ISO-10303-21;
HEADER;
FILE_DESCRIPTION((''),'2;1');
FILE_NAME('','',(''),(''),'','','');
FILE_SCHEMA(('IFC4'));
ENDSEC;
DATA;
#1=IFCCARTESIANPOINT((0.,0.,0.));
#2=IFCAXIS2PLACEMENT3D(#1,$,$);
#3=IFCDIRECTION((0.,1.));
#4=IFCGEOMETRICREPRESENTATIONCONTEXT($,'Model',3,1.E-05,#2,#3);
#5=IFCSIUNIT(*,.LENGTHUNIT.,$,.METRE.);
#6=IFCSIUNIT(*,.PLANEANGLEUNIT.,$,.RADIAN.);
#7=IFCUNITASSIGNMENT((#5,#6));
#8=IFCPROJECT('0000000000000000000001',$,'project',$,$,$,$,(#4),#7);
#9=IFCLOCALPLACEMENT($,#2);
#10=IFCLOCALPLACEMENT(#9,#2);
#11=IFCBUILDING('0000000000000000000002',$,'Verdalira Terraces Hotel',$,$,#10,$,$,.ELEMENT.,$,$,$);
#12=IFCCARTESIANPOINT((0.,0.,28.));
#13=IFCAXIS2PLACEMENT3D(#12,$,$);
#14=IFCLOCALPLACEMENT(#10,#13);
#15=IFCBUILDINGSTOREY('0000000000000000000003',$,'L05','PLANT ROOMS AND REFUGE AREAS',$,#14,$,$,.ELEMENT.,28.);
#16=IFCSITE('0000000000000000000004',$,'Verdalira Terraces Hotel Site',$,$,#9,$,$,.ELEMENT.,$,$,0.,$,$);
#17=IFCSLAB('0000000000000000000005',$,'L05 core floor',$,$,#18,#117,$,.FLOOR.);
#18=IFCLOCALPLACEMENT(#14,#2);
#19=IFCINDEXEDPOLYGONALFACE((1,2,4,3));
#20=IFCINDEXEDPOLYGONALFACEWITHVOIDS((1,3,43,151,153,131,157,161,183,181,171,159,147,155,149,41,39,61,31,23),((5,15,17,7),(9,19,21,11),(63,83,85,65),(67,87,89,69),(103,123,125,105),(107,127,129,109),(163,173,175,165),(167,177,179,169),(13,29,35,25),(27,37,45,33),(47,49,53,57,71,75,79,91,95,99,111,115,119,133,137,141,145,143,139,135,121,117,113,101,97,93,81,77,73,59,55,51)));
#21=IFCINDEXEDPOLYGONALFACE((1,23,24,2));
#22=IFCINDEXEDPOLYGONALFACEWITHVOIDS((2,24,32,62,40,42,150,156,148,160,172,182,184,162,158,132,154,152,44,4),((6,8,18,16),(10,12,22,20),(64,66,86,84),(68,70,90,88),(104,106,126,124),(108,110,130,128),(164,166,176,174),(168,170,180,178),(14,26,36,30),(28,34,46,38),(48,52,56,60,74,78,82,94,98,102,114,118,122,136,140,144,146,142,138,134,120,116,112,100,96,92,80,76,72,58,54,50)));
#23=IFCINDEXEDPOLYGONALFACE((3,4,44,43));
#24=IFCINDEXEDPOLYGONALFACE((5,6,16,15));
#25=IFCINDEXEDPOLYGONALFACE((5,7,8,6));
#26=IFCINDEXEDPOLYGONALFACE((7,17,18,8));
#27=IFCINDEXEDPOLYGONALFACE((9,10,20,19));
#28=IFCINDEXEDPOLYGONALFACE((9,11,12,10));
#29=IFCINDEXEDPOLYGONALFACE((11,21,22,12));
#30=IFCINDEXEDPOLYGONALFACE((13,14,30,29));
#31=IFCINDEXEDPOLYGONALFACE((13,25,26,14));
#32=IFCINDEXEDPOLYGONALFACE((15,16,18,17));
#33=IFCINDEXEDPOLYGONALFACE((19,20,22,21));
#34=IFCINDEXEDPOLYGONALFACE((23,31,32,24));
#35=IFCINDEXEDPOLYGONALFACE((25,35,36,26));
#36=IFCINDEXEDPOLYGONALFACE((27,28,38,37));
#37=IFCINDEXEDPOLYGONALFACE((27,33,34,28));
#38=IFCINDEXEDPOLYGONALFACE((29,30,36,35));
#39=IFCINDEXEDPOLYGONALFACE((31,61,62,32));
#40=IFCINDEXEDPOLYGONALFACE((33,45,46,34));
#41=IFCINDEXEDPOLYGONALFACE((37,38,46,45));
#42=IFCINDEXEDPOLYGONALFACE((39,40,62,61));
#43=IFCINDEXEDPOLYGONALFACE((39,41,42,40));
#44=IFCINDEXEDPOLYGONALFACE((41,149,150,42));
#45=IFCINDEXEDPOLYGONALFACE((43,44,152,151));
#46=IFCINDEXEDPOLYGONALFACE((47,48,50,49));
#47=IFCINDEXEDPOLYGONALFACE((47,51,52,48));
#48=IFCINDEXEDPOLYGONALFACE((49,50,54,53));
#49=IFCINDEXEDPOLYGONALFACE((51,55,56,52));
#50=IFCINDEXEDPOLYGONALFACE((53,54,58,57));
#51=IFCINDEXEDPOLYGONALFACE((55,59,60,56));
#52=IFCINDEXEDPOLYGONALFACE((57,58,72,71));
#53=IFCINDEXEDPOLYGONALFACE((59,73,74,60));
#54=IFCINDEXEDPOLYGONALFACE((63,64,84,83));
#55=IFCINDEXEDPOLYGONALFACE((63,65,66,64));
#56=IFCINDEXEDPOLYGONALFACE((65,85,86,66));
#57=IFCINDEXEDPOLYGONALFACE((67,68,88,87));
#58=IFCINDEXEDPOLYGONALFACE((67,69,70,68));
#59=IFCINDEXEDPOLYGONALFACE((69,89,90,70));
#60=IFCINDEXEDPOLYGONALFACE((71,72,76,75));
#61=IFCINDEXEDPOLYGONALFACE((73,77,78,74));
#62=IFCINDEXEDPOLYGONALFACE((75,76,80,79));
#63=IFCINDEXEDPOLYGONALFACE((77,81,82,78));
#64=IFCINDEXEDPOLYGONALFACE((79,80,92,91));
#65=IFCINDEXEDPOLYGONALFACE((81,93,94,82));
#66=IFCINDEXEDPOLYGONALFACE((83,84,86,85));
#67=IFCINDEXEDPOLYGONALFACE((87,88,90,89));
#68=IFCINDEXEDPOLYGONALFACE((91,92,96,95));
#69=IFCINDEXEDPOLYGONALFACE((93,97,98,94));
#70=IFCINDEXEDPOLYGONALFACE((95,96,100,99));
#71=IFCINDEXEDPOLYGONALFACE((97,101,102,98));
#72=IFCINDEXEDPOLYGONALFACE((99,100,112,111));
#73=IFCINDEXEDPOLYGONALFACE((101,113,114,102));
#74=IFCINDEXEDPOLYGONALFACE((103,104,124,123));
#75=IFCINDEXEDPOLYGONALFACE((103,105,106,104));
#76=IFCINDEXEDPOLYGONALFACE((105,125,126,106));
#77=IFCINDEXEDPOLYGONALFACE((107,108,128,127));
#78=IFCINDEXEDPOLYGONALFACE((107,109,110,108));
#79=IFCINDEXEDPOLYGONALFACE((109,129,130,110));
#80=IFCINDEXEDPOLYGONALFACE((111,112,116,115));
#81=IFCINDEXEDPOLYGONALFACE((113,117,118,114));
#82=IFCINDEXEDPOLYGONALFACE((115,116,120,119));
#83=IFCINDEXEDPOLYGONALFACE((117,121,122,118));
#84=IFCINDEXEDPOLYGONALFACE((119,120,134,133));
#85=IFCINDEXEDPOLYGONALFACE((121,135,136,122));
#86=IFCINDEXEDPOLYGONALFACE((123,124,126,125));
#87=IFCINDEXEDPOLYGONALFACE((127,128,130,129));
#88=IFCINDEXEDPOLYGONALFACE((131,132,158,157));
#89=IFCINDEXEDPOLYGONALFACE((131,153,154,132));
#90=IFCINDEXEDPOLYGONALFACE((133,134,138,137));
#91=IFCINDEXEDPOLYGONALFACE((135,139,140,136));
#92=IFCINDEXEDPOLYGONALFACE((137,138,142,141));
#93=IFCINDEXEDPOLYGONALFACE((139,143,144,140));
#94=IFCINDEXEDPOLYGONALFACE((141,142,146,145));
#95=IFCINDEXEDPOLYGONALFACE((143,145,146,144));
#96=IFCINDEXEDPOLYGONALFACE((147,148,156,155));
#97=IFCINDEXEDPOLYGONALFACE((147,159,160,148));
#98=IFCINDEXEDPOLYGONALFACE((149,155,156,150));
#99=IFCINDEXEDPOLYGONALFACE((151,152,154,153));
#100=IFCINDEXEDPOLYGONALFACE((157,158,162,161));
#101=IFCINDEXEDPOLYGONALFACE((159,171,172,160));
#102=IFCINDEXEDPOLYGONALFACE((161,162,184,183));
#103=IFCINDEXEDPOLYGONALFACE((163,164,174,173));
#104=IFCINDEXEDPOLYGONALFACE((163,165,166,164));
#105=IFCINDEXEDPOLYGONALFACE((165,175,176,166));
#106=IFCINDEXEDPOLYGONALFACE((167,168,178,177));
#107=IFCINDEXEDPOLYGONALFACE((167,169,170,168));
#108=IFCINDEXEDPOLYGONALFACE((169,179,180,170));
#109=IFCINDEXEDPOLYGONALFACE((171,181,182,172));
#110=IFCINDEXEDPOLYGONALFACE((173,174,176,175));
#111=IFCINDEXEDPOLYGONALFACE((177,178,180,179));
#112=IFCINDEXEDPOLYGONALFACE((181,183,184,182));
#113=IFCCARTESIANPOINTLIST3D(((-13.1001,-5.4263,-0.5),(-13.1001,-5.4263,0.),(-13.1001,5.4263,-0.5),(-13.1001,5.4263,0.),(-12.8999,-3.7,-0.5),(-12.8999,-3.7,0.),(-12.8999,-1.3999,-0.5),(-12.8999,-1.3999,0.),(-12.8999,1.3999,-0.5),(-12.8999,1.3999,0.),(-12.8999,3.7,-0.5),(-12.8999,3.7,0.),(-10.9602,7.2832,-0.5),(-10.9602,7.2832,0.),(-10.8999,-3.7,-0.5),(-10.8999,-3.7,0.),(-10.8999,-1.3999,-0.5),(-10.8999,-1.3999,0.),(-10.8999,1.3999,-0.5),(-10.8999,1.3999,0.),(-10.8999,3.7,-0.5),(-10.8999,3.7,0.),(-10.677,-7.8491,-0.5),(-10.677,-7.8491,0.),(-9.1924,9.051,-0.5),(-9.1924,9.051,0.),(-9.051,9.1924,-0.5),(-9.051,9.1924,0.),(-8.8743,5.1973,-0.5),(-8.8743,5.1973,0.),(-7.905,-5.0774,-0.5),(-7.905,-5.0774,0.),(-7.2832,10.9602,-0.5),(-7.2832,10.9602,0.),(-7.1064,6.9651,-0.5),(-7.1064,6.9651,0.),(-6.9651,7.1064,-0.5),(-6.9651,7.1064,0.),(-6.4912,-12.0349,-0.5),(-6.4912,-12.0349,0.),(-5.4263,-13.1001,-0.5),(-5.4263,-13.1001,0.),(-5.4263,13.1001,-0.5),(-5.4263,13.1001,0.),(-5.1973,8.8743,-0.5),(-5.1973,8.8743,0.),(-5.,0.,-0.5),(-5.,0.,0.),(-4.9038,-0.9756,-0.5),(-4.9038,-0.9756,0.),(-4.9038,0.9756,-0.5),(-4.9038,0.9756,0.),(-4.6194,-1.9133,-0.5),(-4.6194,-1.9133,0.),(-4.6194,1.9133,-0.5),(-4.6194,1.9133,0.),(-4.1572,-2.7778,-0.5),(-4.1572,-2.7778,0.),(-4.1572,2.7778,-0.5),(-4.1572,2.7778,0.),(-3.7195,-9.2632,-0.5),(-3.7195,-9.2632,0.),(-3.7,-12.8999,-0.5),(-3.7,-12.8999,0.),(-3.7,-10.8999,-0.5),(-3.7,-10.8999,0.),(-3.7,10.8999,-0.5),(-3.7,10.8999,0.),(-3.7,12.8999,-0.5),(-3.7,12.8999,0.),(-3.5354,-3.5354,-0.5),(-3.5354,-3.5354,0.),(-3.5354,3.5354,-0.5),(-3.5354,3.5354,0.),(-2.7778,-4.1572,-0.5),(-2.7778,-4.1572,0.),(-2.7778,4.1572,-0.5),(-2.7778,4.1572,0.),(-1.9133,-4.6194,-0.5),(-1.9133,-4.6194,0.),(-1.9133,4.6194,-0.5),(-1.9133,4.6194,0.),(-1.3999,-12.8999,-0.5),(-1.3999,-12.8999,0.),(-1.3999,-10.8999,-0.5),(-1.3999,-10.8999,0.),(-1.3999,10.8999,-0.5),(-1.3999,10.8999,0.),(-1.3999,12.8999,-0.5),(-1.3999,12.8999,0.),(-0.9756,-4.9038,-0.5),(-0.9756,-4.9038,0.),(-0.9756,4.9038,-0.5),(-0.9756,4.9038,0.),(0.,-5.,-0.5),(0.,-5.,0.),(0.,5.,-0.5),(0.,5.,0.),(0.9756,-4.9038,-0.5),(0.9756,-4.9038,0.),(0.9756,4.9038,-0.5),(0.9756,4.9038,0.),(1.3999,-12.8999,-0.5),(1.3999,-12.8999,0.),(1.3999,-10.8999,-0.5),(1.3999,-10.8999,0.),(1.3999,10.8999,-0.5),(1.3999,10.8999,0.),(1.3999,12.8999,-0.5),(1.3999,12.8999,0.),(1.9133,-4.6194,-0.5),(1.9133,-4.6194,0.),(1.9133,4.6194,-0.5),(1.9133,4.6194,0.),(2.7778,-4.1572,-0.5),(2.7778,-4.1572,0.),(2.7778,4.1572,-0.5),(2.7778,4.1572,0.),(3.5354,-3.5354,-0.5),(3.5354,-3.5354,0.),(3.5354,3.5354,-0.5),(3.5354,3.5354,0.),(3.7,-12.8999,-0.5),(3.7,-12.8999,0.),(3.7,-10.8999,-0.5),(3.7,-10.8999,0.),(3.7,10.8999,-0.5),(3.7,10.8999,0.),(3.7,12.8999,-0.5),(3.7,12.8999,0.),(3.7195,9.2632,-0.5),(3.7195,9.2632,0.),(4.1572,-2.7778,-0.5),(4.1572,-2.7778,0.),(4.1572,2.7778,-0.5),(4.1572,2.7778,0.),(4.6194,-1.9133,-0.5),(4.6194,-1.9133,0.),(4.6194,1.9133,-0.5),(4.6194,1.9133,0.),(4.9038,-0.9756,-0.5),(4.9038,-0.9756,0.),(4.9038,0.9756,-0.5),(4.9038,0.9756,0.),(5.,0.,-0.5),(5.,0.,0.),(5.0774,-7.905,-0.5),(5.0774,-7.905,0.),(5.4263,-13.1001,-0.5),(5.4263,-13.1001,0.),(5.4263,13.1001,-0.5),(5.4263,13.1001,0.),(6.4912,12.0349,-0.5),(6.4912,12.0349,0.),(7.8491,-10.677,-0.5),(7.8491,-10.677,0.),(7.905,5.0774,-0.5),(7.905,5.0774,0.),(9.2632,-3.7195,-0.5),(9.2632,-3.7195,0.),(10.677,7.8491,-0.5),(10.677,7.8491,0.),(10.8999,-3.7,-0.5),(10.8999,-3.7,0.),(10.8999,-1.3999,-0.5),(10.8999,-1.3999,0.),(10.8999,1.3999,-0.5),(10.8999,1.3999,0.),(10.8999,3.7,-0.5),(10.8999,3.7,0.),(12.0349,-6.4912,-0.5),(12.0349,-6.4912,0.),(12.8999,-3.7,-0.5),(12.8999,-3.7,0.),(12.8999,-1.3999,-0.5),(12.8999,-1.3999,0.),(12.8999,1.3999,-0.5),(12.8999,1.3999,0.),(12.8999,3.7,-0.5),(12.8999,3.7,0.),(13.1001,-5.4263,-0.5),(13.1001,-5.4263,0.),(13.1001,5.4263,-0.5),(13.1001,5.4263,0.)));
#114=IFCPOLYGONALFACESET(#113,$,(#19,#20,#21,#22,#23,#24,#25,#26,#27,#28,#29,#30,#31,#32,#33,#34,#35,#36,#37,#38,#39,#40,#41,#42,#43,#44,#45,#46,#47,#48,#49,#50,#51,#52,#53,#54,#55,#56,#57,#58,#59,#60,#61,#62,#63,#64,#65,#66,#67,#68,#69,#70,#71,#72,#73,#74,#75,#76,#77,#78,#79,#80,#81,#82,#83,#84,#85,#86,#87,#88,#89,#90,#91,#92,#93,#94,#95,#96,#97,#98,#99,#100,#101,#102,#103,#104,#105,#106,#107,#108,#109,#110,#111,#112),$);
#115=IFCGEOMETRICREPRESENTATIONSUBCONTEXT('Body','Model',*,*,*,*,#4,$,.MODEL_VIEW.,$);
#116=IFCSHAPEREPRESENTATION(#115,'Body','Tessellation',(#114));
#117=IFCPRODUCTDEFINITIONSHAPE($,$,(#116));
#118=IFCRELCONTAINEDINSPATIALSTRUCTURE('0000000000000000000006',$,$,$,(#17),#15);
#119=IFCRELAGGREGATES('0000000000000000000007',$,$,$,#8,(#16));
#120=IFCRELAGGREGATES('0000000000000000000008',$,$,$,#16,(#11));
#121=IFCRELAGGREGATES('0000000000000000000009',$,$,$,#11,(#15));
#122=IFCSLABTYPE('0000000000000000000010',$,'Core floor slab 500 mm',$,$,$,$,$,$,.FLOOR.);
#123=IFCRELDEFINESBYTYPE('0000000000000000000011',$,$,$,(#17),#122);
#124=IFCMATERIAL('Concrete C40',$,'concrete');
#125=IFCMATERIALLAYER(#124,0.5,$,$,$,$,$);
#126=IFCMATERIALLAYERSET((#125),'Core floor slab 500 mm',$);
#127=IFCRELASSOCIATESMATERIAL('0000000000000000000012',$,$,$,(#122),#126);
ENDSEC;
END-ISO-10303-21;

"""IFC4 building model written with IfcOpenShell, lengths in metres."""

from ifc_helpers import new_model, si_unit, direction, frame, origin, place, context, subcontext, project, spatial, polyline, outline, extrude, material, layer, layer_set, type_object, element, save


model = new_model("IFC4")

# Units and contexts
model_context = context("Model", 3, precision=1e-05, world=origin(), true_north=direction((0.0, 1.0)))
body_context = subcontext(model_context, "Body", "Model", "MODEL_VIEW")
ifc_project = project(units=[si_unit("LENGTHUNIT", "METRE"), si_unit("PLANEANGLEUNIT", "RADIAN")], contexts=[model_context])

# Site, building, storey
site_placement = place(None, origin())
site = spatial("IfcSite", under=ifc_project, at=site_placement, Name="Verdalira Terraces Hotel Site", CompositionType="ELEMENT", RefElevation=0.0)
building_placement = place(site_placement, origin())
building = spatial("IfcBuilding", under=site, at=building_placement, Name="Verdalira Terraces Hotel", CompositionType="ELEMENT")
storey_placement = place(building_placement, frame((0.0, 0.0, 28.0)))
storey = spatial("IfcBuildingStorey", under=building, at=storey_placement, Name="L05", Description="PLANT ROOMS AND REFUGE AREAS", CompositionType="ELEMENT", Elevation=28.0)

# Slab
ifc_material_1 = material(Name="Concrete C40", Category="concrete")
ifc_layer_1 = layer(ifc_material_1, 0.5)
ifc_layer_set_1 = layer_set([ifc_layer_1], Name="Core floor slab 500 mm")
slab_type = type_object("IfcSlabType", Name="Core floor slab 500 mm", PredefinedType="FLOOR", material=ifc_layer_set_1)
slab_placement = place(storey_placement, frame((0.0, 0.0, -0.5)))
element("IfcSlab", 1, at=slab_placement, inside=storey, type_object=slab_type, Name="L05 core floor", PredefinedType="FLOOR", context=body_context, shape_type="SweptSolid", body=[
    extrude(outline(polyline([(-5.4263, 13.1001), (5.4263, 13.1001), (6.4912, 12.0349), (3.7195, 9.2632), (7.905, 5.0774), (10.677, 7.8491), (13.1001, 5.4263), (13.1001, -5.4263), (12.0349, -6.4912), (9.2632, -3.7195), (5.0774, -7.905), (7.8491, -10.677), (5.4263, -13.1001), (-5.4263, -13.1001), (-6.4912, -12.0349), (-3.7195, -9.2632), (-7.905, -5.0774), (-10.677, -7.8491), (-13.1001, -5.4263), (-13.1001, 5.4263), (-5.4263, 13.1001)]), holes=[polyline([(12.8999, -3.7), (12.8999, -1.3999), (10.8999, -1.3999), (10.8999, -3.7), (12.8999, -3.7)]), polyline([(12.8999, 1.3999), (12.8999, 3.7), (10.8999, 3.7), (10.8999, 1.3999), (12.8999, 1.3999)]), polyline([(1.3999, 10.8999), (3.7, 10.8999), (3.7, 12.8999), (1.3999, 12.8999), (1.3999, 10.8999)]), polyline([(-3.7, 10.8999), (-1.3999, 10.8999), (-1.3999, 12.8999), (-3.7, 12.8999), (-3.7, 10.8999)]), polyline([(-12.8999, 3.7), (-12.8999, 1.3999), (-10.8999, 1.3999), (-10.8999, 3.7), (-12.8999, 3.7)]), polyline([(-12.8999, -1.3999), (-12.8999, -3.7), (-10.8999, -3.7), (-10.8999, -1.3999), (-12.8999, -1.3999)]), polyline([(-1.3999, -10.8999), (-3.7, -10.8999), (-3.7, -12.8999), (-1.3999, -12.8999), (-1.3999, -10.8999)]), polyline([(3.7, -10.8999), (1.3999, -10.8999), (1.3999, -12.8999), (3.7, -12.8999), (3.7, -10.8999)]), polyline([(-9.051, 9.1924), (-6.9651, 7.1064), (-5.1973, 8.8743), (-7.2832, 10.9602), (-9.051, 9.1924)]), polyline([(-9.1924, 9.051), (-10.9602, 7.2832), (-8.8743, 5.1973), (-7.1064, 6.9651), (-9.1924, 9.051)]), polyline([(3.5354, 3.5354), (2.7778, 4.1572), (1.9133, 4.6194), (0.9756, 4.9038), (0.0, 5.0), (-0.9756, 4.9038), (-1.9133, 4.6194), (-2.7778, 4.1572), (-3.5354, 3.5354), (-4.1572, 2.7778), (-4.6194, 1.9133), (-4.9038, 0.9756), (-5.0, 0.0), (-4.9038, -0.9756), (-4.6194, -1.9133), (-4.1572, -2.7778), (-3.5354, -3.5354), (-2.7778, -4.1572), (-1.9133, -4.6194), (-0.9756, -4.9038), (0.0, -5.0), (0.9756, -4.9038), (1.9133, -4.6194), (2.7778, -4.1572), (3.5354, -3.5354), (4.1572, -2.7778), (4.6194, -1.9133), (4.9038, -0.9756), (5.0, 0.0), (4.9038, 0.9756), (4.6194, 1.9133), (4.1572, 2.7778), (3.5354, 3.5354)])]), origin(), (0.0, 0.0, 1.0), 0.5),
])

save(model, "model.ifc")
